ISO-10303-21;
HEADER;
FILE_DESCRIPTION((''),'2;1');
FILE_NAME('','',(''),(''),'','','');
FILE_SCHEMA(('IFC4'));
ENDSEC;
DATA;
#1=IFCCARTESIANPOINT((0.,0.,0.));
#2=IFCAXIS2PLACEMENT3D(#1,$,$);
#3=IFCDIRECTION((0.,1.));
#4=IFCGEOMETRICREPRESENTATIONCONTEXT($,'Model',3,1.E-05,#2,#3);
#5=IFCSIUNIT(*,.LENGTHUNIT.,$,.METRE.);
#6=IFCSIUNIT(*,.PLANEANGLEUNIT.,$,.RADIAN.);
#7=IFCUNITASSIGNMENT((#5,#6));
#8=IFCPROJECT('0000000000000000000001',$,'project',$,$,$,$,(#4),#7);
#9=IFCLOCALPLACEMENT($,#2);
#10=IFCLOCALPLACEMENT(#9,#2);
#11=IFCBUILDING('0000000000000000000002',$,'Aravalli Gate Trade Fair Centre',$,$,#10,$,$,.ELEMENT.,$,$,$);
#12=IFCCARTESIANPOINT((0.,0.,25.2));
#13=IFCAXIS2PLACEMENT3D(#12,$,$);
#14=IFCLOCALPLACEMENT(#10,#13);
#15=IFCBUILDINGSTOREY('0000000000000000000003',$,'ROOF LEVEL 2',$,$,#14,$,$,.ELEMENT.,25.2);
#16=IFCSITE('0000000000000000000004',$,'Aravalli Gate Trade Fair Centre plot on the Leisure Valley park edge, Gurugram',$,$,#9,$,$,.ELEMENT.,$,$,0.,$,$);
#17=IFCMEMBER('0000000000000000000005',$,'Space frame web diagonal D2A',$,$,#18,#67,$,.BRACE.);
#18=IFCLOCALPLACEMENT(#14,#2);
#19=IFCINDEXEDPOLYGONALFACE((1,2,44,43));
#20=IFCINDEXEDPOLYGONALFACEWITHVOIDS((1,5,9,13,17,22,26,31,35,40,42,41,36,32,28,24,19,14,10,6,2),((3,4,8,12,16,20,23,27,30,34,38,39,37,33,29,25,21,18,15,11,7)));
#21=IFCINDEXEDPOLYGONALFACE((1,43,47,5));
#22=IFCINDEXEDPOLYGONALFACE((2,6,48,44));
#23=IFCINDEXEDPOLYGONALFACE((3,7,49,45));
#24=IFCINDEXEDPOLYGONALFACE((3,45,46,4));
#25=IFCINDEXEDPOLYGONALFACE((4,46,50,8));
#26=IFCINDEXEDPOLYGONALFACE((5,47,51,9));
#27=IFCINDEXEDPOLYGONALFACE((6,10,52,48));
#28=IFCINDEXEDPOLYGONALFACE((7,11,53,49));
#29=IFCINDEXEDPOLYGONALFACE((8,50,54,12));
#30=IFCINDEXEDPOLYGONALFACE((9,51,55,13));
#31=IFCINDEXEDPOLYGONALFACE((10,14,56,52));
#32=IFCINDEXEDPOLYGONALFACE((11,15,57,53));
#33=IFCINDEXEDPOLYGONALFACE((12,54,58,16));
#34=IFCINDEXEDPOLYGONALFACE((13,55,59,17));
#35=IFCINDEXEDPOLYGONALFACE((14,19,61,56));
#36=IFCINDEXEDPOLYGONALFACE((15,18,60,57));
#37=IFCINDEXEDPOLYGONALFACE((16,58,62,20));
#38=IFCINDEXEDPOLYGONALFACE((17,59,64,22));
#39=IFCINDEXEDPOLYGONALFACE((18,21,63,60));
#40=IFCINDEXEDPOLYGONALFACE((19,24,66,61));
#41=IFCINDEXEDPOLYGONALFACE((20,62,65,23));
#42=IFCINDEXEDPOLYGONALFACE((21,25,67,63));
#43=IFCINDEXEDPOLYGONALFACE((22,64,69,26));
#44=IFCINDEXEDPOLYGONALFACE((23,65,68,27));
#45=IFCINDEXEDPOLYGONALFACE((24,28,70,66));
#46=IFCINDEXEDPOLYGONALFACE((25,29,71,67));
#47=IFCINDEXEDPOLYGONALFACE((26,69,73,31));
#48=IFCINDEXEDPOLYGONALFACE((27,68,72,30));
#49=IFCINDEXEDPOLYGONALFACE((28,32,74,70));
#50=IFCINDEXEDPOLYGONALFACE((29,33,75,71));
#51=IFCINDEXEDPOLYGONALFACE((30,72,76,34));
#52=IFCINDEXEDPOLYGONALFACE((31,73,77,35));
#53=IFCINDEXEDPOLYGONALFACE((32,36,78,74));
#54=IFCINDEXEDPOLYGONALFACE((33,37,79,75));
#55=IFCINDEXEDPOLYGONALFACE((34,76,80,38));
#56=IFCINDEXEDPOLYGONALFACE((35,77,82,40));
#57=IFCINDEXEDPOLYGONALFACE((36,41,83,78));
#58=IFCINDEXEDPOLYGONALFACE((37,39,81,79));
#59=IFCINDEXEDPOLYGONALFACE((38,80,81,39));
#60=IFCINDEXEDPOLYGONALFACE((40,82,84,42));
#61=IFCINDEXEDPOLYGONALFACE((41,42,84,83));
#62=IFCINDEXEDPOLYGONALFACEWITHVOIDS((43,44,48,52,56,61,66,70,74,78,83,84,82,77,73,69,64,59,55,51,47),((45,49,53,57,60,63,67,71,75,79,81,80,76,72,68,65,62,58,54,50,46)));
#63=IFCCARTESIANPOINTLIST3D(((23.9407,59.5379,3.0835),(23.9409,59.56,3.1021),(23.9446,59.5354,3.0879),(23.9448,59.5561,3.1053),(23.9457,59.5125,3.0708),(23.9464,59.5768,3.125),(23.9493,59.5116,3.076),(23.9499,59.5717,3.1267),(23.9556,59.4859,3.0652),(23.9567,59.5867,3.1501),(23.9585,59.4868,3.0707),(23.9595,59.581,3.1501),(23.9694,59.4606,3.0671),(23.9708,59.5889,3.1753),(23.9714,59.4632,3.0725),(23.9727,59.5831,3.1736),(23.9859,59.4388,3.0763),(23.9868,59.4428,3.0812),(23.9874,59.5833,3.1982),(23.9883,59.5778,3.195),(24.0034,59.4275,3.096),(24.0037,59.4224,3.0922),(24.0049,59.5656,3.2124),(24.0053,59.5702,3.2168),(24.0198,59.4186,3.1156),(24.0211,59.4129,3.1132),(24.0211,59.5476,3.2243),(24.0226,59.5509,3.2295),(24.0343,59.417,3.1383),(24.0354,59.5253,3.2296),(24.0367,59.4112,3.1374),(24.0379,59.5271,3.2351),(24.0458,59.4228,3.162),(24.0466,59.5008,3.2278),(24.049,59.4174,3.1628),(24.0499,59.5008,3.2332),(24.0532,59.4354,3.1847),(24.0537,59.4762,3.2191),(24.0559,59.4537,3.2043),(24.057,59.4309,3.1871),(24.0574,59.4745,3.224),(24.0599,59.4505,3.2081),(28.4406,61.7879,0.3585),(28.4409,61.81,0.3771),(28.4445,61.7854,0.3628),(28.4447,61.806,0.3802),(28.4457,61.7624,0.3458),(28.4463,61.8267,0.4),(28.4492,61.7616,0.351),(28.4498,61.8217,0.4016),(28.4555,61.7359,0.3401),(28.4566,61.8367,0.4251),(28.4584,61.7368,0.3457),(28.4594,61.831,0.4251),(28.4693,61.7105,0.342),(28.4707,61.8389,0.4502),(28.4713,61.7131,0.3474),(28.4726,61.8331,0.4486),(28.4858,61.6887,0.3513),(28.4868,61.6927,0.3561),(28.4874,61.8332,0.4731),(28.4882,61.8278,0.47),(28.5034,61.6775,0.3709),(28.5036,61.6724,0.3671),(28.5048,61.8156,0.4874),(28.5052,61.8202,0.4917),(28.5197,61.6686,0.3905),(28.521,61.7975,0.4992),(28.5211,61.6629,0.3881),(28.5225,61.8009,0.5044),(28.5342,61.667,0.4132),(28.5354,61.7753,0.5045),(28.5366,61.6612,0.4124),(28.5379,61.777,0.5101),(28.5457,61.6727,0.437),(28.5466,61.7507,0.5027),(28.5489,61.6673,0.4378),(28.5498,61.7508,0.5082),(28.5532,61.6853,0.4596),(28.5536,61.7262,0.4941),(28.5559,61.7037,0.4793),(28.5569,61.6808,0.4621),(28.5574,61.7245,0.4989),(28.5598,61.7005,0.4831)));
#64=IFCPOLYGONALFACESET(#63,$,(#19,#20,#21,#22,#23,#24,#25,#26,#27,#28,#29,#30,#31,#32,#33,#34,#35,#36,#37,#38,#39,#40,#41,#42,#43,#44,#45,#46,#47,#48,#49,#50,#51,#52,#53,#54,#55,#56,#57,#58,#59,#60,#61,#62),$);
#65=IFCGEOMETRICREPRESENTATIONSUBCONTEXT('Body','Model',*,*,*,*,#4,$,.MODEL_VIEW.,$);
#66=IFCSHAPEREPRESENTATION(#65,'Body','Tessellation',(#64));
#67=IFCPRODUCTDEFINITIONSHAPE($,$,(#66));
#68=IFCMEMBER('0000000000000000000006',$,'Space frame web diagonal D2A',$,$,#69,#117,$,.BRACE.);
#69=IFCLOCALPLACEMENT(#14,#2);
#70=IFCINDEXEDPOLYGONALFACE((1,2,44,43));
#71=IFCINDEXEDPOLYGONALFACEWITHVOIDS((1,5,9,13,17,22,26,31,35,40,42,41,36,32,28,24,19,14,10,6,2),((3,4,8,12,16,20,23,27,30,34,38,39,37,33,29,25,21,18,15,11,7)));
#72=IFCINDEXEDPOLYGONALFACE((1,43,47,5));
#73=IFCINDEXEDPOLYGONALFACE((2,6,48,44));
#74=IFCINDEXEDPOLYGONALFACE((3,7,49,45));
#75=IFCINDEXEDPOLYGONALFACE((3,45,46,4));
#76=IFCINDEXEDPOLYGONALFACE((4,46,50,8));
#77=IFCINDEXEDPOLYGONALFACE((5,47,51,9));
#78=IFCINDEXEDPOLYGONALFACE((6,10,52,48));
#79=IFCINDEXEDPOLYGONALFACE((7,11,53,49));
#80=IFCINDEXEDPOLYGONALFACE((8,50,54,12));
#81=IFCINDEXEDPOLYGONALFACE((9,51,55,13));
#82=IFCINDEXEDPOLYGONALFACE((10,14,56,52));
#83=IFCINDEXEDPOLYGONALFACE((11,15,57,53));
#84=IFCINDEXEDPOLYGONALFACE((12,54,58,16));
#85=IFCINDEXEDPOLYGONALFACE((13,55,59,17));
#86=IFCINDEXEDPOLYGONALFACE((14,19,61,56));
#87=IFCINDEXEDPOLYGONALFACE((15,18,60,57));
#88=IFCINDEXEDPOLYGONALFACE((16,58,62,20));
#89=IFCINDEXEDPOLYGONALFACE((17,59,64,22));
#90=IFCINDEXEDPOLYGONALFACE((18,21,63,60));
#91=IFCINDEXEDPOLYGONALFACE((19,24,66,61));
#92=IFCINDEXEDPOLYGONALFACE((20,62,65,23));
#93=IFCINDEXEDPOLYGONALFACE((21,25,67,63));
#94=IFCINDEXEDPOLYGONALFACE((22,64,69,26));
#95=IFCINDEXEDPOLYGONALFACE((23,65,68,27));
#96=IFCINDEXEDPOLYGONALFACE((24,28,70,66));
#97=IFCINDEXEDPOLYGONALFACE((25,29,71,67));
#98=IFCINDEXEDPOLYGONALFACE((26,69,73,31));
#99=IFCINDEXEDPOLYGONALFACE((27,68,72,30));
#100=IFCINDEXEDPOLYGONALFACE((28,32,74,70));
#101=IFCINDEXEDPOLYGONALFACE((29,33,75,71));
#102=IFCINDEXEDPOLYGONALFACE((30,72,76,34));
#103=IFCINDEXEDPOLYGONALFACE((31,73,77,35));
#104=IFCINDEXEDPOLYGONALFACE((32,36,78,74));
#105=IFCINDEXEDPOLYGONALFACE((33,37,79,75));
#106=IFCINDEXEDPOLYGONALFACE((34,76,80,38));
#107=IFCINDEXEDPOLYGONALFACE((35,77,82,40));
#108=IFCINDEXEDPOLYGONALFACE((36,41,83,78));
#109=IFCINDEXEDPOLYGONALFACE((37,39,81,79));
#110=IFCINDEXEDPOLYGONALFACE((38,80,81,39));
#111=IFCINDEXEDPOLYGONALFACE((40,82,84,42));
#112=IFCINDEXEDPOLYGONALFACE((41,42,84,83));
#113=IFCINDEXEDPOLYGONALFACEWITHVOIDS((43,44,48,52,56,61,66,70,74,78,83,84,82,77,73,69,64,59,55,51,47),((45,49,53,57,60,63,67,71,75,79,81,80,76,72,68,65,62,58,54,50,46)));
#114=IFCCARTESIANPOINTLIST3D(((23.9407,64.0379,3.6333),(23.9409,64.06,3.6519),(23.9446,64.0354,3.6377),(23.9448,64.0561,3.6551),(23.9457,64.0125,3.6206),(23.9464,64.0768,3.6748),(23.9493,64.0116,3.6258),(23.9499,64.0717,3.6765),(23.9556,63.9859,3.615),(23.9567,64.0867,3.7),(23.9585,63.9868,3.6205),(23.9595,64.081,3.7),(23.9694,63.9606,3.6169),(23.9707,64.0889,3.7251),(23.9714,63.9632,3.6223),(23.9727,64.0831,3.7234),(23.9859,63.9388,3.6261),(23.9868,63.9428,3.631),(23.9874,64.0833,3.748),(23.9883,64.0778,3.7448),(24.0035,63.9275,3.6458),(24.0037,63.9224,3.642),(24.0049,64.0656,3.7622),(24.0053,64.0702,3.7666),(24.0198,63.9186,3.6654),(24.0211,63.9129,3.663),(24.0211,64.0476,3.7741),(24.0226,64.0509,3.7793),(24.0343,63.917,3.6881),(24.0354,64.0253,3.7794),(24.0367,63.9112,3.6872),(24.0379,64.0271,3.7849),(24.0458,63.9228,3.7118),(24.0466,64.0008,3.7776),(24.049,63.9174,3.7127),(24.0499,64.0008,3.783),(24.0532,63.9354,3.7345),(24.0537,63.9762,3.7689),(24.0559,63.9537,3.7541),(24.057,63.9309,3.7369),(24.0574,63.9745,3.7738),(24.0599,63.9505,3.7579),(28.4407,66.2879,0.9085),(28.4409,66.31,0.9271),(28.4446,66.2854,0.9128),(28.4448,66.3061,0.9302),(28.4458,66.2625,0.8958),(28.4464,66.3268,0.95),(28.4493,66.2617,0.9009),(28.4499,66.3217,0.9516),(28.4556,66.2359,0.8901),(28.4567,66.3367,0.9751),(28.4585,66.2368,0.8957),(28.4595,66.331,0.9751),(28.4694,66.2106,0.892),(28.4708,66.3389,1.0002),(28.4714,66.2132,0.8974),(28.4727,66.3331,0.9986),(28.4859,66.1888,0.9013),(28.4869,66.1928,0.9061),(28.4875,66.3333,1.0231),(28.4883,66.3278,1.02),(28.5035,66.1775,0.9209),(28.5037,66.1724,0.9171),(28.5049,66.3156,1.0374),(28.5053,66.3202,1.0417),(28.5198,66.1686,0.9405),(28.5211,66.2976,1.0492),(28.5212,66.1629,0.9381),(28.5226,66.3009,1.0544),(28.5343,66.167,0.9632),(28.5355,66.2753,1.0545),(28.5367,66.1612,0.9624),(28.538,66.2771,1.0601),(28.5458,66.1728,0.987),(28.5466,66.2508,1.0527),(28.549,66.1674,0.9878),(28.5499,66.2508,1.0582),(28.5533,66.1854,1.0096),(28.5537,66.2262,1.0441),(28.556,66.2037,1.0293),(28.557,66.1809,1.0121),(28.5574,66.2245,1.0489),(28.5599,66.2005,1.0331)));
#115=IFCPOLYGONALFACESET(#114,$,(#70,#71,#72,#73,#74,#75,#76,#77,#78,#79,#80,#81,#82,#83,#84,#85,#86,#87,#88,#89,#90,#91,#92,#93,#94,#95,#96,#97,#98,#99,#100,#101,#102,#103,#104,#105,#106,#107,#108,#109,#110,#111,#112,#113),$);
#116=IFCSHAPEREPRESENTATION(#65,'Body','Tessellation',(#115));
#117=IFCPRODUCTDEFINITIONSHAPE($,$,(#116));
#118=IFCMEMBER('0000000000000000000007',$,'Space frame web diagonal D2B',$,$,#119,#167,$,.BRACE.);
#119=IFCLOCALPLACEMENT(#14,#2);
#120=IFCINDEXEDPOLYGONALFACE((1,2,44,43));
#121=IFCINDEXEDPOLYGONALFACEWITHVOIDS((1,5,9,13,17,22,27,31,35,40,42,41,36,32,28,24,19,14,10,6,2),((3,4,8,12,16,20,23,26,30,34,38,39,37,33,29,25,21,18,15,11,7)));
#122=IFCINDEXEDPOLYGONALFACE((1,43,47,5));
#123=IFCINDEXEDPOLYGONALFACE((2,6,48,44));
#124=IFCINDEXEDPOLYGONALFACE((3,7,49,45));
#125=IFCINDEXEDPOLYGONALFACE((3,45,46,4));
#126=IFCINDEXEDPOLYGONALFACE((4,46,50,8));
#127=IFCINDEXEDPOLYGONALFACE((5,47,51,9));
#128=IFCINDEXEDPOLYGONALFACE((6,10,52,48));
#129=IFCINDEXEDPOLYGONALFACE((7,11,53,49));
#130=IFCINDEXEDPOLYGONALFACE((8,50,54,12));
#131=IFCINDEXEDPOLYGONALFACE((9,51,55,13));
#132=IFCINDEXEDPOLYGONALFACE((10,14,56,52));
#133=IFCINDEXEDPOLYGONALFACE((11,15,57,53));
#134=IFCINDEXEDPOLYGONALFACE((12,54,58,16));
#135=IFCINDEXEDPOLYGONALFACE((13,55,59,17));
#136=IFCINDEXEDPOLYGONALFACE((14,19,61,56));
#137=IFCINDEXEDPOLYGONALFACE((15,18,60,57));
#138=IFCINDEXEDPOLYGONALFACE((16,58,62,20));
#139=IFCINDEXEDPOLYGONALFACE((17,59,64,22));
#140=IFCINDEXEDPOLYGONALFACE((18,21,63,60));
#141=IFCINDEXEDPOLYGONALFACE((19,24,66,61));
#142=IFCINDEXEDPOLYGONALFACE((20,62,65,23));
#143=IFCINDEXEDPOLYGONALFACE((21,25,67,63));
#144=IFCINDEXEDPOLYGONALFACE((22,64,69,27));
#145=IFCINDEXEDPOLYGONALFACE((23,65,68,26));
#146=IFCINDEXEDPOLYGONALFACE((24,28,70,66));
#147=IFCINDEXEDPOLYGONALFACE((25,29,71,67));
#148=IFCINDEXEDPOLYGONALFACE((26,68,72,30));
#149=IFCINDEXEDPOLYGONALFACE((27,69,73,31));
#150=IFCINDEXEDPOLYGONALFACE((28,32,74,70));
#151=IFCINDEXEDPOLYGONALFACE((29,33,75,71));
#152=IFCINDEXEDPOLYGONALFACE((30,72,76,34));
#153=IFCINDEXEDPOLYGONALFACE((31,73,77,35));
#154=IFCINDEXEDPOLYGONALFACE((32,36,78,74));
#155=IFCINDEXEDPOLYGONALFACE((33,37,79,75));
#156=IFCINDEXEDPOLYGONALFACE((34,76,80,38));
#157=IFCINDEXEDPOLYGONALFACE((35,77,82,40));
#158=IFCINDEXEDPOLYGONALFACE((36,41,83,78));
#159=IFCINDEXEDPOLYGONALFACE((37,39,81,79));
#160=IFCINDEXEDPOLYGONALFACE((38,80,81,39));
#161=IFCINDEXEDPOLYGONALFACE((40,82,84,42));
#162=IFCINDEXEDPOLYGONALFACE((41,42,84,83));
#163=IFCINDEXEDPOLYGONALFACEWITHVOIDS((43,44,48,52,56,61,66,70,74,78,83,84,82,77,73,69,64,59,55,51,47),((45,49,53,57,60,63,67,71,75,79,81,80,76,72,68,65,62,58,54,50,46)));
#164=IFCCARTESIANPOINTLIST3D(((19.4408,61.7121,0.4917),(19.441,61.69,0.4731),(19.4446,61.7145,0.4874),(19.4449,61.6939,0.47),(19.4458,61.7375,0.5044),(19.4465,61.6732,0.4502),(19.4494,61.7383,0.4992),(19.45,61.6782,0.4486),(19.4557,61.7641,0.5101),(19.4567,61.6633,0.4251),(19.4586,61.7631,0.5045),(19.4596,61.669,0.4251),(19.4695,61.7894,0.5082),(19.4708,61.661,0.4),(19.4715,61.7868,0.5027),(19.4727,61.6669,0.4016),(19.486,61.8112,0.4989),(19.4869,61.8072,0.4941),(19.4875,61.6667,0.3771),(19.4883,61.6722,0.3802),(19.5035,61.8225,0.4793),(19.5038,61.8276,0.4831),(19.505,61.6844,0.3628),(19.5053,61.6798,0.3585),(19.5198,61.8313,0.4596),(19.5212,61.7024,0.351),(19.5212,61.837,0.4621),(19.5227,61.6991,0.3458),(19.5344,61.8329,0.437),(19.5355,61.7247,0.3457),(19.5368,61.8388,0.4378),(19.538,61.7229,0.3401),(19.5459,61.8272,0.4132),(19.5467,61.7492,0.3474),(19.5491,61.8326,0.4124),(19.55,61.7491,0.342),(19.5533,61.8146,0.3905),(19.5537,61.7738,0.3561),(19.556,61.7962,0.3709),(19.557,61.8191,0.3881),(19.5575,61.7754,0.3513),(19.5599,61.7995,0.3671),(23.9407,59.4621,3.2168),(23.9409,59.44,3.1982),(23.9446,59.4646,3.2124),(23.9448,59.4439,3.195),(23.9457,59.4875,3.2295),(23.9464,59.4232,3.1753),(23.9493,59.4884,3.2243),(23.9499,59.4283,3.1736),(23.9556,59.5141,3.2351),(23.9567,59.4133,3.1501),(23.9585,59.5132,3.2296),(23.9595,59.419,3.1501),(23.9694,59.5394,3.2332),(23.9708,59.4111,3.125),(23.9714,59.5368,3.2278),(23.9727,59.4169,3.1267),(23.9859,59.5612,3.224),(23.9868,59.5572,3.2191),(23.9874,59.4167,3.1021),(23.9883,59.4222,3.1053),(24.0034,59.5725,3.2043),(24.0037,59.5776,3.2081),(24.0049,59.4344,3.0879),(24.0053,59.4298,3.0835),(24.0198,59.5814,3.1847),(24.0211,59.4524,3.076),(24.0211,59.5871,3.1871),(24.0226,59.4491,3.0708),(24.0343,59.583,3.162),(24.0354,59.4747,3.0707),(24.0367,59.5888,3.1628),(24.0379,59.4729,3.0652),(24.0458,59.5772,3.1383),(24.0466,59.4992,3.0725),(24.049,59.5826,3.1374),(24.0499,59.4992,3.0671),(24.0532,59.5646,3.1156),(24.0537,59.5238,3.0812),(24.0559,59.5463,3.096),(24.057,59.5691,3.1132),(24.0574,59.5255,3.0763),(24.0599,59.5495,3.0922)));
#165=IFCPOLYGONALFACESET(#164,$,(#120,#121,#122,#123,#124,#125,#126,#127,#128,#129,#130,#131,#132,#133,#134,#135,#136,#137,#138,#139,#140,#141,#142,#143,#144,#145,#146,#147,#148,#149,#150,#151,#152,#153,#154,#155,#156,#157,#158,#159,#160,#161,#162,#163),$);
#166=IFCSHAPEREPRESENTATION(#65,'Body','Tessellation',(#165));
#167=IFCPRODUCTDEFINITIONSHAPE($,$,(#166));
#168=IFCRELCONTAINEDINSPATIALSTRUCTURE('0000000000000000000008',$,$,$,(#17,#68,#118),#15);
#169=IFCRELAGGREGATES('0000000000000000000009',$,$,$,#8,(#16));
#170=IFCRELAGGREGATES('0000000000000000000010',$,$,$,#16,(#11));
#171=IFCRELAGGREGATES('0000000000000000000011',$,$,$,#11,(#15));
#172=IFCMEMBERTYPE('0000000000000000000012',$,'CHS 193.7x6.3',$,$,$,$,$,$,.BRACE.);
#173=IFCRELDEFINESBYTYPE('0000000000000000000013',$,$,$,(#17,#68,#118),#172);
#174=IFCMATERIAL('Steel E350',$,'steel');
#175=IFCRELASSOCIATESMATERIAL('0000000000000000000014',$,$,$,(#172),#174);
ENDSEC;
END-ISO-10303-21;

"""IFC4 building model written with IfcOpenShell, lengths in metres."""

from ifc_helpers import new_model, si_unit, direction, frame, origin, origin_2d, place, context, subcontext, project, spatial, hollow_circle, extrude, material, material_profile, profile_set, type_object, element, save


model = new_model("IFC4")

# Units and contexts
model_context = context("Model", 3, precision=1e-05, world=origin(), true_north=direction((0.0, 1.0)))
body_context = subcontext(model_context, "Body", "Model", "MODEL_VIEW")
ifc_project = project(units=[si_unit("LENGTHUNIT", "METRE"), si_unit("PLANEANGLEUNIT", "RADIAN")], contexts=[model_context])

# Site, building, storey
site_placement = place(None, origin())
site = spatial("IfcSite", under=ifc_project, at=site_placement, Name="Aravalli Gate Trade Fair Centre plot on the Leisure Valley park edge, Gurugram", CompositionType="ELEMENT", RefElevation=0.0)
building_placement = place(site_placement, origin())
building = spatial("IfcBuilding", under=site, at=building_placement, Name="Aravalli Gate Trade Fair Centre", CompositionType="ELEMENT")
storey_placement = place(building_placement, frame((0.0, 0.0, 25.2)))
storey = spatial("IfcBuildingStorey", under=building, at=storey_placement, Name="ROOF LEVEL 2", CompositionType="ELEMENT", Elevation=25.2)

# Members
ifc_material_1 = material(Name="Steel E350", Category="steel")
ifc_material_profile_1 = material_profile(ifc_material_1, hollow_circle(Radius=0.0969, WallThickness=0.0063, at=origin_2d()), Name="CHS 193.7x6.3")
ifc_profile_set_1 = profile_set([ifc_material_profile_1], Name="Steel E350")
member_type_1 = type_object("IfcMemberType", Name="CHS 193.7x6.3", PredefinedType="BRACE", material=ifc_profile_set_1)
for number, where, z_axis, x_axis, name in (
    (1, (24.0, 59.5, 3.1501), (0.78647, 0.393235, -0.476268), (-0.447214, 0.894427, 0.0), "Space frame web diagonal D2A"),
    (2, (24.0, 64.0, 3.7), (0.786486, 0.393243, -0.476235), (-0.447214, 0.894427, 0.0), "Space frame web diagonal D2A"),
    (3, (24.0, 59.5, 3.1501), (-0.78647, 0.393235, -0.476268), (-0.447214, -0.894427, 0.0), "Space frame web diagonal D2B"),
):
    element("IfcMember", number, at=place(storey_placement, frame(where, z_axis=z_axis, x_axis=x_axis)), inside=storey, type_object=member_type_1, Name=name, PredefinedType="BRACE", context=body_context, shape_type="SweptSolid", body=[
        extrude(hollow_circle(Radius=0.0969, WallThickness=0.0063, at=origin_2d()), origin(), (0.0, 0.0, 1.0), 5.7217),
    ])

save(model, "model.ifc")
